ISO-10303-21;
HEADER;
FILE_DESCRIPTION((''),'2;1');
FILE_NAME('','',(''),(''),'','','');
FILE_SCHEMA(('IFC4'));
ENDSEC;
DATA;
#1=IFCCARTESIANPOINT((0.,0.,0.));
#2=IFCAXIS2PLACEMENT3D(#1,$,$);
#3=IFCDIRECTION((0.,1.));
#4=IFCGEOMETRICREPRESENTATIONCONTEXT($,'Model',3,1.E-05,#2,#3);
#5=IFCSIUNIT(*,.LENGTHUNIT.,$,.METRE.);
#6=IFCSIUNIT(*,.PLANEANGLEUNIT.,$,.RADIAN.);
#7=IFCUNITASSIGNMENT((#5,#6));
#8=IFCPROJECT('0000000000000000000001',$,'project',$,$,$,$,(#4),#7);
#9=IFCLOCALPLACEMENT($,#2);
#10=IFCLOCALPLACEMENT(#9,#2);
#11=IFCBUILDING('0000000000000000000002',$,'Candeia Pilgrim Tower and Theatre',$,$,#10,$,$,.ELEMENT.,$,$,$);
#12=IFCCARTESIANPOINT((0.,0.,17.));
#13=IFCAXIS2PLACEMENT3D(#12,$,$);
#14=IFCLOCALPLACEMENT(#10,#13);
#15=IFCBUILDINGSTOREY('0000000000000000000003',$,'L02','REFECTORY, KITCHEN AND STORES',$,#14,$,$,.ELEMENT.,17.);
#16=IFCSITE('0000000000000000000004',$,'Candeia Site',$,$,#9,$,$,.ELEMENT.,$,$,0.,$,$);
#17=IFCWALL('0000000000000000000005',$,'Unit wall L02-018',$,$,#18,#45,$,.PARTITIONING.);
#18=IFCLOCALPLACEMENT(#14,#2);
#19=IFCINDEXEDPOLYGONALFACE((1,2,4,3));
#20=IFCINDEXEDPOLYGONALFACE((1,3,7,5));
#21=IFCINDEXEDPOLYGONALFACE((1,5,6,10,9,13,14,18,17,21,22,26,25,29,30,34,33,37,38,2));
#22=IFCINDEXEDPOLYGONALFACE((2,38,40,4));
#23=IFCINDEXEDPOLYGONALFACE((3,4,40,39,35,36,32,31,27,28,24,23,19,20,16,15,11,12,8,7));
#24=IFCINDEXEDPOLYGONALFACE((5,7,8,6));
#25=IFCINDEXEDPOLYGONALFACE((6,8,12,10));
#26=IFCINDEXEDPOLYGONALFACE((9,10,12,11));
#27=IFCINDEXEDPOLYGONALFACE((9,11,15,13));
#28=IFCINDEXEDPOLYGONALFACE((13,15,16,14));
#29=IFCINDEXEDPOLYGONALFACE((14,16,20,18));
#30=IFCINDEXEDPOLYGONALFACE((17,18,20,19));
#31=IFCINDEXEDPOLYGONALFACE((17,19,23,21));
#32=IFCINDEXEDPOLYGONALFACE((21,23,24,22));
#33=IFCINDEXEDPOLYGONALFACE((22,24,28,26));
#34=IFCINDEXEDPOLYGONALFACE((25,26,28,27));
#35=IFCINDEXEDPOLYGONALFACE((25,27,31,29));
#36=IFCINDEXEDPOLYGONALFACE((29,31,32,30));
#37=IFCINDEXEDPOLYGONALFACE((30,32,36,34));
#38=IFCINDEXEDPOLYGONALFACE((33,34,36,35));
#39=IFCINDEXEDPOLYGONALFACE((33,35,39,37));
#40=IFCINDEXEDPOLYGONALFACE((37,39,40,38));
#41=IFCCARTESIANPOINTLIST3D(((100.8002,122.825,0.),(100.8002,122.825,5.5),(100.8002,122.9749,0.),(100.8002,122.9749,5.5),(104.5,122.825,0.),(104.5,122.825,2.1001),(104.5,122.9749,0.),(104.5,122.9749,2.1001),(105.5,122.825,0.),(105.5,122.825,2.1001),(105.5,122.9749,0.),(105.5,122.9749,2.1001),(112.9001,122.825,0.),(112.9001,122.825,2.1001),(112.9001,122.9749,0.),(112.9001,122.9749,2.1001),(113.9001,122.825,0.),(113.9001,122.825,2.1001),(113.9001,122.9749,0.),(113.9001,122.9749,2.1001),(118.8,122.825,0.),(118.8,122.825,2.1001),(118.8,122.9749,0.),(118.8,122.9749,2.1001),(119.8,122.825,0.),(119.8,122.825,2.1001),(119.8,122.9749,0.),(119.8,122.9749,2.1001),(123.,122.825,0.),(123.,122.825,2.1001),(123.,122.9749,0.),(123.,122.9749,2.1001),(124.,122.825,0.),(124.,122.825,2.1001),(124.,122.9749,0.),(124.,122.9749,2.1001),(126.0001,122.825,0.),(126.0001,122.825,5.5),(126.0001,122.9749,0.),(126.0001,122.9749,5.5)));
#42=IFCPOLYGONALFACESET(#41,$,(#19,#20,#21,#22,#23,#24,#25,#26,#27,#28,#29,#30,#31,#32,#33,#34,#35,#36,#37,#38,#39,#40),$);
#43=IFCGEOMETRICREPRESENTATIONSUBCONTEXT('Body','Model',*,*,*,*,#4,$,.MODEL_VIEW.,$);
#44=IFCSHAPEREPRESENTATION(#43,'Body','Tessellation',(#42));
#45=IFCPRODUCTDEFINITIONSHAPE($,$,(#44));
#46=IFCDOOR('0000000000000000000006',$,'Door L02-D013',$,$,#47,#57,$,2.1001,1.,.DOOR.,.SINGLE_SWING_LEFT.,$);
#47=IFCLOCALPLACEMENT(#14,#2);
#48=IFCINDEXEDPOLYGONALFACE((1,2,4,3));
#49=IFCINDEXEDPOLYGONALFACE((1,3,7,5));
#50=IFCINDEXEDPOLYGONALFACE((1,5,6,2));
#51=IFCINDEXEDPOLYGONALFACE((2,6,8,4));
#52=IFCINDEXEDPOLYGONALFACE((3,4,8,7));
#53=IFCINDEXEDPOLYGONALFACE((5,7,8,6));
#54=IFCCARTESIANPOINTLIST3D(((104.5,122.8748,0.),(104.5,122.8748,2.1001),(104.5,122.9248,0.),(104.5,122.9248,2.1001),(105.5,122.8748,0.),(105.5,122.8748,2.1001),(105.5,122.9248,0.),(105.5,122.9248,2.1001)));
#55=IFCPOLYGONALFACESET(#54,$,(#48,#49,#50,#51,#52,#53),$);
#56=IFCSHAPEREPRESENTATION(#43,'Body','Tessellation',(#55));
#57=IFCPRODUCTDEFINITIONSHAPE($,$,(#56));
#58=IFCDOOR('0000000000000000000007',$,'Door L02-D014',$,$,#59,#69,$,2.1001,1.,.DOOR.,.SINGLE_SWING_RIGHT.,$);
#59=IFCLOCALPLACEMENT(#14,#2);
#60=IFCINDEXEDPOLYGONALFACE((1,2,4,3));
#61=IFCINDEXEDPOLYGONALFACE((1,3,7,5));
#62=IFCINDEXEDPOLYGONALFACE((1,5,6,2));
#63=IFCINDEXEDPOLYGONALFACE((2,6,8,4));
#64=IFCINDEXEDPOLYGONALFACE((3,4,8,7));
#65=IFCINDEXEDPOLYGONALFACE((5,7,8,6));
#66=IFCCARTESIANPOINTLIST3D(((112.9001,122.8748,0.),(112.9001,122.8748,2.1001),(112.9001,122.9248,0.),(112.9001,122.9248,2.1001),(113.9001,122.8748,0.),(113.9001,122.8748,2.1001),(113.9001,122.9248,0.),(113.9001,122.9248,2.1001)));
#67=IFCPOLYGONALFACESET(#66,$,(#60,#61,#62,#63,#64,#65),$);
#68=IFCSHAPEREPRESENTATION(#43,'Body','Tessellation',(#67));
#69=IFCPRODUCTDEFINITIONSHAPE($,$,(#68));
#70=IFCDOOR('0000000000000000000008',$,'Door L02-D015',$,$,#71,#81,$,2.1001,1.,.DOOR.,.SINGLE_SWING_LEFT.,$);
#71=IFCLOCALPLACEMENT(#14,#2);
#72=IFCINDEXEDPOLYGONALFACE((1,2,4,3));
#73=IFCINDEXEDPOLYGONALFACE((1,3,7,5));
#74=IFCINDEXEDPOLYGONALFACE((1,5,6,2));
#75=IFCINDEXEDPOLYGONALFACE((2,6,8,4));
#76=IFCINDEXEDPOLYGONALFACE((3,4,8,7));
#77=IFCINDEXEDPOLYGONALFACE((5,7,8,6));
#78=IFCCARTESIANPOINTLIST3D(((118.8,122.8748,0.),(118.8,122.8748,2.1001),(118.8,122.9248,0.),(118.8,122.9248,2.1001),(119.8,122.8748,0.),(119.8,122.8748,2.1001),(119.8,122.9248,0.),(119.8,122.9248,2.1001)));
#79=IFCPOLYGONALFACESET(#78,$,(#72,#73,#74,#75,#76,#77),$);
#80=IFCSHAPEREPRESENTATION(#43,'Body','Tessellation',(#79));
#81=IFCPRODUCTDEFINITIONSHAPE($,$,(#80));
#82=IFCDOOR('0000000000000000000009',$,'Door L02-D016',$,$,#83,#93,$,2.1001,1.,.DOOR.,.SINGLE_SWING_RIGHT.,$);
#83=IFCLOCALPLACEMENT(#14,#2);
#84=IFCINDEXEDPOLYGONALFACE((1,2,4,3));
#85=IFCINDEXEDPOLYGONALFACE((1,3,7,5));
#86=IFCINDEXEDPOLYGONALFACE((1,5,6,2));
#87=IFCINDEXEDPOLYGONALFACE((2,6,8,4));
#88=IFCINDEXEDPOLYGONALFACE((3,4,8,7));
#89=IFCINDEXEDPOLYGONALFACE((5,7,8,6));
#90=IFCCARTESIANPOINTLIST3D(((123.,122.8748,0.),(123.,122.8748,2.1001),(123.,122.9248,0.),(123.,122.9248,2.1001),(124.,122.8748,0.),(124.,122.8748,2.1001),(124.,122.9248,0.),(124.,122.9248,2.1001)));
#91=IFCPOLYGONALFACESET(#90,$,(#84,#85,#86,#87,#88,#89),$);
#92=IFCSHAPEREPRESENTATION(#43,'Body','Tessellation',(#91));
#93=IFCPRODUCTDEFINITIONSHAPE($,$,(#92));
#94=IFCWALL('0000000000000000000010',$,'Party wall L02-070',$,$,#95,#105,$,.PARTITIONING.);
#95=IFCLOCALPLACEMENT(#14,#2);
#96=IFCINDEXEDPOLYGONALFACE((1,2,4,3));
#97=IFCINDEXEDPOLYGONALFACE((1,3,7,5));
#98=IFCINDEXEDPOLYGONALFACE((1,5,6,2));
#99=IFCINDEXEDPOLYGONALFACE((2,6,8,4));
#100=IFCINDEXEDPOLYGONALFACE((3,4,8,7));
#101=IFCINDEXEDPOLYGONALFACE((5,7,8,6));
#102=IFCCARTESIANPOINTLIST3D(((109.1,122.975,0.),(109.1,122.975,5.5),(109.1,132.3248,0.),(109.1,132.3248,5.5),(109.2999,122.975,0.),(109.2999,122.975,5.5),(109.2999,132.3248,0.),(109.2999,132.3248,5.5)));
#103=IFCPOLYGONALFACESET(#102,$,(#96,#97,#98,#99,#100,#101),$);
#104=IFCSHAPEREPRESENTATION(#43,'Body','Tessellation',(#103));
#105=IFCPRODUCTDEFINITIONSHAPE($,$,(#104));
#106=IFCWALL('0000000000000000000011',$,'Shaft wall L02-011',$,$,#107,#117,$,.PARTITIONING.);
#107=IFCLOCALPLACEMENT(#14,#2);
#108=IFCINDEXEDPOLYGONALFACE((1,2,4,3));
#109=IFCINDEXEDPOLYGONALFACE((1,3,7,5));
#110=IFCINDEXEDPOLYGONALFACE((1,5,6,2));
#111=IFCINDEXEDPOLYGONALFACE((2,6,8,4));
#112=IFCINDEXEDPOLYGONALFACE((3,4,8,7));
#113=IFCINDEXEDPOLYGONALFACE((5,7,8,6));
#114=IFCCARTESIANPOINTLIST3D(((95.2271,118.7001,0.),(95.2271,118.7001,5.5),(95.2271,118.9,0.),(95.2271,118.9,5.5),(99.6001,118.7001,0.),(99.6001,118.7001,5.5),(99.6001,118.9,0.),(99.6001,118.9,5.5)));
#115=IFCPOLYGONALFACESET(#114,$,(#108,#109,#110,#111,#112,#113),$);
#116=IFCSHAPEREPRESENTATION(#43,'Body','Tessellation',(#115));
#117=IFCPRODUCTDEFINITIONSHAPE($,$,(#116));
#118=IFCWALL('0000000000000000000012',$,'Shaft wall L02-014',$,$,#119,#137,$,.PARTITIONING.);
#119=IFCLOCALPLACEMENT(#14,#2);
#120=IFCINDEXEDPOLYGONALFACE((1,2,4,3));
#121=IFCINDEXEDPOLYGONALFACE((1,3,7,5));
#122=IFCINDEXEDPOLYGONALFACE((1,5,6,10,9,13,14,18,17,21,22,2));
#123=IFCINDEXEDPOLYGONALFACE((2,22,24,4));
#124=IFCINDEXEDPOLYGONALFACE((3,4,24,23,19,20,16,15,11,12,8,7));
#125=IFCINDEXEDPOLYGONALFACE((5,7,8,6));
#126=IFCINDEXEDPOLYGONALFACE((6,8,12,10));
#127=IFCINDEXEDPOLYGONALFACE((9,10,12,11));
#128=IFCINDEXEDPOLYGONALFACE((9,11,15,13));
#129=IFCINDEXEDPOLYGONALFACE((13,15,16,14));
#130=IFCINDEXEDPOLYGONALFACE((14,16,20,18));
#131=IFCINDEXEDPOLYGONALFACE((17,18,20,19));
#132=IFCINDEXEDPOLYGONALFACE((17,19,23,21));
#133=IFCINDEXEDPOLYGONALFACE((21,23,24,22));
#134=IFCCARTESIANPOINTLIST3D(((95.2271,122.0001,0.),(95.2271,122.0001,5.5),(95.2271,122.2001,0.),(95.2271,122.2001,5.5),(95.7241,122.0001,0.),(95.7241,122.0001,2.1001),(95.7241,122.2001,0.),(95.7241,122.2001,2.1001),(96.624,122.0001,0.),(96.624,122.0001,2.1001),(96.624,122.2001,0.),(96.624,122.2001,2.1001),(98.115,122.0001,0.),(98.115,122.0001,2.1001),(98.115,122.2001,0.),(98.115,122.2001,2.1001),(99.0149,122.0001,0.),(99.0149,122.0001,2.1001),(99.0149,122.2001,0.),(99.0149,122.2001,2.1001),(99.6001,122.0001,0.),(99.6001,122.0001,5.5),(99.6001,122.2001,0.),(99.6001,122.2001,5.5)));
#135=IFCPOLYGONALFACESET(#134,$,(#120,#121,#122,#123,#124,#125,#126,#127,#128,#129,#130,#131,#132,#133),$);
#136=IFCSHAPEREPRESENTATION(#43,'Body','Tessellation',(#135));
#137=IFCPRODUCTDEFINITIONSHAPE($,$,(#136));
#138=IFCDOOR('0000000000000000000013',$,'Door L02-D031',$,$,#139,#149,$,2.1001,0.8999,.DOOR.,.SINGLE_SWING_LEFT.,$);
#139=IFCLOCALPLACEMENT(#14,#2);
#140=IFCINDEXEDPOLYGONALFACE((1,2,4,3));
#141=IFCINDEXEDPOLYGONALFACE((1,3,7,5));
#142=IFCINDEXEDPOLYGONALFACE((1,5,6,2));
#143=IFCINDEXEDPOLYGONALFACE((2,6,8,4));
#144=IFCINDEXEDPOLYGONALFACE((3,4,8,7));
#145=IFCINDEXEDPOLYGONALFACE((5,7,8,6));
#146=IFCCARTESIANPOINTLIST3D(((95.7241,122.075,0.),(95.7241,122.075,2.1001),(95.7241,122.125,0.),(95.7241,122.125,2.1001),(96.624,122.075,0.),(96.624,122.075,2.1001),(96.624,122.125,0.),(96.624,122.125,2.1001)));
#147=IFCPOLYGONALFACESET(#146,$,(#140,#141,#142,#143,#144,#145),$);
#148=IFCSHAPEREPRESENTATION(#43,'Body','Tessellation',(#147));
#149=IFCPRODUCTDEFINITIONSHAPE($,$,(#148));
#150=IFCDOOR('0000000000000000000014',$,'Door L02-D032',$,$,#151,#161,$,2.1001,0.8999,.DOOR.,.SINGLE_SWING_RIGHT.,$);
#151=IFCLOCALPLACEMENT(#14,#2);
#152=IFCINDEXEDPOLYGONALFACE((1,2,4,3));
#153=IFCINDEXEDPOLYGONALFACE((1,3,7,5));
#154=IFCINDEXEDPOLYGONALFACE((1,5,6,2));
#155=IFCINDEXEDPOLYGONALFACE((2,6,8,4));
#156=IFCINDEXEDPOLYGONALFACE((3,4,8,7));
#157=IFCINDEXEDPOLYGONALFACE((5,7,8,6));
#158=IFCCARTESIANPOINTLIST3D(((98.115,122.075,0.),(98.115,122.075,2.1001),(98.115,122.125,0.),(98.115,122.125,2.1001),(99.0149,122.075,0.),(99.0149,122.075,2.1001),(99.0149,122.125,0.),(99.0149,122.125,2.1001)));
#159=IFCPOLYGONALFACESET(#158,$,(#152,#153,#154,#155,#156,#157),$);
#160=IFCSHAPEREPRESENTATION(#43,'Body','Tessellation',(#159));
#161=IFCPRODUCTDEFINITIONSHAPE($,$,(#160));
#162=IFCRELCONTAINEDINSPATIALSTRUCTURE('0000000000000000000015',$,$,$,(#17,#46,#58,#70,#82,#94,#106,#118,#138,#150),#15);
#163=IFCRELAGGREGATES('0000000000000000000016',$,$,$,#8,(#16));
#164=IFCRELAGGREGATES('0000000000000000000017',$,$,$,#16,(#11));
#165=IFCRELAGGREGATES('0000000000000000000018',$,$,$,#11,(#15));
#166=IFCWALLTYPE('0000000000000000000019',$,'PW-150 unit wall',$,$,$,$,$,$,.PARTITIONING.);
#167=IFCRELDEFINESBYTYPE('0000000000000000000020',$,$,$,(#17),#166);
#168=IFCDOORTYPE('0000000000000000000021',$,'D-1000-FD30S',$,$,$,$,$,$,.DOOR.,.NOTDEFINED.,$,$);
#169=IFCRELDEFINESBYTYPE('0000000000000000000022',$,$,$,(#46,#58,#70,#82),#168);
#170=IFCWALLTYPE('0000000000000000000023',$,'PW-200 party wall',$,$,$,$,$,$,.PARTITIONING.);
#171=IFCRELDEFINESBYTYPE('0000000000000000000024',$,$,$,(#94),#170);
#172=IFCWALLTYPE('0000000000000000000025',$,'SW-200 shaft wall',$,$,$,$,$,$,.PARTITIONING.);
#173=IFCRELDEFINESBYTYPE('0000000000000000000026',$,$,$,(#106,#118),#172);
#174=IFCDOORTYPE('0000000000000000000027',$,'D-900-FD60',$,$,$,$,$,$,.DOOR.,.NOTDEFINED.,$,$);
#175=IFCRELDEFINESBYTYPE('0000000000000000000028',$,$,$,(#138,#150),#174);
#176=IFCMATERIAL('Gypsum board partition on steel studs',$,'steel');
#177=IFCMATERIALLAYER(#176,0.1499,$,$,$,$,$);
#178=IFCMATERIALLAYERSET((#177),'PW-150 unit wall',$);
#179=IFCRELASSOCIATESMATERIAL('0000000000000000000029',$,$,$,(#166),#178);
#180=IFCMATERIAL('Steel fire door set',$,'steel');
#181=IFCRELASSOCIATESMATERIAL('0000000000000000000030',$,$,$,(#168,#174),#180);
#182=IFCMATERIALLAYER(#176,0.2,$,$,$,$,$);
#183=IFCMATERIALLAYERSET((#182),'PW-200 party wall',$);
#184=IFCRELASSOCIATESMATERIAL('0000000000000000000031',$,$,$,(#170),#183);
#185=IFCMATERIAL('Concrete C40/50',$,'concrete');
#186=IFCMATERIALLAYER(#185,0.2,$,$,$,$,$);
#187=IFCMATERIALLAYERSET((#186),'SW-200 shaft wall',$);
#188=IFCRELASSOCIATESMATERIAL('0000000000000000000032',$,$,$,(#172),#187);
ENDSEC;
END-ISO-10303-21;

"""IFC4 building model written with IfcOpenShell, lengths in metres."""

from ifc_helpers import new_model, si_unit, direction, frame, frame_2d, origin, place, context, subcontext, project, spatial, rectangle, extrude, material, layer, layer_set, type_object, element, fill, save


model = new_model("IFC4")

# Units and contexts
model_context = context("Model", 3, precision=1e-05, world=origin(), true_north=direction((0.0, 1.0)))
body_context = subcontext(model_context, "Body", "Model", "MODEL_VIEW")
ifc_project = project(units=[si_unit("LENGTHUNIT", "METRE"), si_unit("PLANEANGLEUNIT", "RADIAN")], contexts=[model_context])

# Site, building, storey
site_placement = place(None, origin())
site = spatial("IfcSite", under=ifc_project, at=site_placement, Name="Candeia Site", CompositionType="ELEMENT", RefElevation=0.0)
building_placement = place(site_placement, origin())
building = spatial("IfcBuilding", under=site, at=building_placement, Name="Candeia Pilgrim Tower and Theatre", CompositionType="ELEMENT")
storey_placement = place(building_placement, frame((0.0, 0.0, 17.0)))
storey = spatial("IfcBuildingStorey", under=building, at=storey_placement, Name="L02", Description="REFECTORY, KITCHEN AND STORES", CompositionType="ELEMENT", Elevation=17.0)

# Shared definitions
ifc_material_1 = material(Name="Gypsum board partition on steel studs", Category="steel")
ifc_material_2 = material(Name="Steel fire door set", Category="steel")

# Wall, openings, doors
ifc_layer_1 = layer(ifc_material_1, 0.1499)
ifc_layer_set_1 = layer_set([ifc_layer_1], Name="PW-150 unit wall")
wall_type_1 = type_object("IfcWallType", Name="PW-150 unit wall", PredefinedType="PARTITIONING", material=ifc_layer_set_1)
door_type_1 = type_object("IfcDoorType", Name="D-1000-FD30S", OperationType="NOTDEFINED", PredefinedType="DOOR", material=ifc_material_2)
wall_1_placement = place(storey_placement, frame((100.8, 122.8999, 0.0), z_axis=(0.0, 0.0, 1.0), x_axis=(1.0, 0.0, 0.0)))
wall_1 = element("IfcWall", 1, at=wall_1_placement, inside=storey, type_object=wall_type_1, Name="Unit wall L02-018", PredefinedType="PARTITIONING", context=body_context, shape_type="SweptSolid", body=[
    extrude(rectangle(XDim=25.2, YDim=0.1499, at=frame_2d((12.6001, 0.0))), origin(), (0.0, 0.0, 1.0), 5.5),
])
opening_1_placement = place(wall_1_placement, frame((3.7, 0.0, 0.0)))
opening_1 = element("IfcOpeningElement", 2, at=opening_1_placement, cuts=wall_1, PredefinedType="OPENING", context=body_context, shape_type="SweptSolid", body=[
    extrude(rectangle(XDim=1.0, YDim=2.1001, at=frame_2d((0.5, 1.05))), frame((0.0, 0.085, 0.0), z_axis=(0.0, -1.0, 0.0), x_axis=(1.0, 0.0, 0.0)), (0.0, 0.0, 1.0), 0.1699),
])
opening_2_placement = place(wall_1_placement, frame((12.1001, 0.0, 0.0)))
opening_2 = element("IfcOpeningElement", 3, at=opening_2_placement, cuts=wall_1, PredefinedType="OPENING", context=body_context, shape_type="SweptSolid", body=[
    extrude(rectangle(XDim=1.0, YDim=2.1001, at=frame_2d((0.5, 1.05))), frame((0.0, 0.085, 0.0), z_axis=(0.0, -1.0, 0.0), x_axis=(1.0, 0.0, 0.0)), (0.0, 0.0, 1.0), 0.1699),
])
opening_3_placement = place(wall_1_placement, frame((18.0, 0.0, 0.0)))
opening_3 = element("IfcOpeningElement", 4, at=opening_3_placement, cuts=wall_1, PredefinedType="OPENING", context=body_context, shape_type="SweptSolid", body=[
    extrude(rectangle(XDim=1.0, YDim=2.1001, at=frame_2d((0.5, 1.05))), frame((0.0, 0.085, 0.0), z_axis=(0.0, -1.0, 0.0), x_axis=(1.0, 0.0, 0.0)), (0.0, 0.0, 1.0), 0.1699),
])
opening_4_placement = place(wall_1_placement, frame((22.2, 0.0, 0.0)))
opening_4 = element("IfcOpeningElement", 5, at=opening_4_placement, cuts=wall_1, PredefinedType="OPENING", context=body_context, shape_type="SweptSolid", body=[
    extrude(rectangle(XDim=1.0, YDim=2.1001, at=frame_2d((0.5, 1.05))), frame((0.0, 0.085, 0.0), z_axis=(0.0, -1.0, 0.0), x_axis=(1.0, 0.0, 0.0)), (0.0, 0.0, 1.0), 0.1699),
])
door_1_placement = place(opening_1_placement, origin())
door_1 = element("IfcDoor", 6, at=door_1_placement, inside=storey, type_object=door_type_1, Name="Door L02-D013", OperationType="SINGLE_SWING_LEFT", OverallHeight=2.1001, OverallWidth=1.0, PredefinedType="DOOR", context=body_context, shape_type="SweptSolid", body=[
    extrude(rectangle(XDim=1.0, YDim=2.1001, at=frame_2d((0.5, 1.05))), frame((0.0, 0.0249, 0.0), z_axis=(0.0, -1.0, 0.0), x_axis=(1.0, 0.0, 0.0)), (0.0, 0.0, 1.0), 0.05),
])
fill(opening_1, door_1)
door_2_placement = place(opening_2_placement, origin())
door_2 = element("IfcDoor", 7, at=door_2_placement, inside=storey, type_object=door_type_1, Name="Door L02-D014", OperationType="SINGLE_SWING_RIGHT", OverallHeight=2.1001, OverallWidth=1.0, PredefinedType="DOOR", context=body_context, shape_type="SweptSolid", body=[
    extrude(rectangle(XDim=1.0, YDim=2.1001, at=frame_2d((0.5, 1.05))), frame((0.0, 0.0249, 0.0), z_axis=(0.0, -1.0, 0.0), x_axis=(1.0, 0.0, 0.0)), (0.0, 0.0, 1.0), 0.05),
])
fill(opening_2, door_2)
door_3_placement = place(opening_3_placement, origin())
door_3 = element("IfcDoor", 8, at=door_3_placement, inside=storey, type_object=door_type_1, Name="Door L02-D015", OperationType="SINGLE_SWING_LEFT", OverallHeight=2.1001, OverallWidth=1.0, PredefinedType="DOOR", context=body_context, shape_type="SweptSolid", body=[
    extrude(rectangle(XDim=1.0, YDim=2.1001, at=frame_2d((0.5, 1.05))), frame((0.0, 0.0249, 0.0), z_axis=(0.0, -1.0, 0.0), x_axis=(1.0, 0.0, 0.0)), (0.0, 0.0, 1.0), 0.05),
])
fill(opening_3, door_3)
door_4_placement = place(opening_4_placement, origin())
door_4 = element("IfcDoor", 9, at=door_4_placement, inside=storey, type_object=door_type_1, Name="Door L02-D016", OperationType="SINGLE_SWING_RIGHT", OverallHeight=2.1001, OverallWidth=1.0, PredefinedType="DOOR", context=body_context, shape_type="SweptSolid", body=[
    extrude(rectangle(XDim=1.0, YDim=2.1001, at=frame_2d((0.5, 1.05))), frame((0.0, 0.0249, 0.0), z_axis=(0.0, -1.0, 0.0), x_axis=(1.0, 0.0, 0.0)), (0.0, 0.0, 1.0), 0.05),
])
fill(opening_4, door_4)

# Walls
ifc_layer_2 = layer(ifc_material_1, 0.2)
ifc_layer_set_2 = layer_set([ifc_layer_2], Name="PW-200 party wall")
wall_type_2 = type_object("IfcWallType", Name="PW-200 party wall", PredefinedType="PARTITIONING", material=ifc_layer_set_2)
wall_2_placement = place(storey_placement, frame((109.2, 122.9751, 0.0), z_axis=(0.0, 0.0, 1.0), x_axis=(0.0, 1.0, 0.0)))
element("IfcWall", 10, at=wall_2_placement, inside=storey, type_object=wall_type_2, Name="Party wall L02-070", PredefinedType="PARTITIONING", context=body_context, shape_type="SweptSolid", body=[
    extrude(rectangle(XDim=9.3499, YDim=0.2, at=frame_2d((4.6748, 0.0))), origin(), (0.0, 0.0, 1.0), 5.5),
])
ifc_material_3 = material(Name="Concrete C40/50", Category="concrete")
ifc_layer_3 = layer(ifc_material_3, 0.2)
ifc_layer_set_3 = layer_set([ifc_layer_3], Name="SW-200 shaft wall")
wall_type_3 = type_object("IfcWallType", Name="SW-200 shaft wall", PredefinedType="PARTITIONING", material=ifc_layer_set_3)
wall_3_placement = place(storey_placement, frame((95.2271, 118.8, 0.0), z_axis=(0.0, 0.0, 1.0), x_axis=(1.0, 0.0, 0.0)))
element("IfcWall", 11, at=wall_3_placement, inside=storey, type_object=wall_type_3, Name="Shaft wall L02-011", PredefinedType="PARTITIONING", context=body_context, shape_type="SweptSolid", body=[
    extrude(rectangle(XDim=4.373, YDim=0.2, at=frame_2d((2.1865, 0.0))), origin(), (0.0, 0.0, 1.0), 5.5),
])

# Wall, openings, doors
wall_4_placement = place(storey_placement, frame((95.2271, 122.1001, 0.0), z_axis=(0.0, 0.0, 1.0), x_axis=(1.0, 0.0, 0.0)))
wall_4 = element("IfcWall", 12, at=wall_4_placement, inside=storey, type_object=wall_type_3, Name="Shaft wall L02-014", PredefinedType="PARTITIONING", context=body_context, shape_type="SweptSolid", body=[
    extrude(rectangle(XDim=4.373, YDim=0.2, at=frame_2d((2.1865, 0.0))), origin(), (0.0, 0.0, 1.0), 5.5),
])
opening_5_placement = place(wall_4_placement, frame((0.4971, 0.0, 0.0)))
opening_5 = element("IfcOpeningElement", 13, at=opening_5_placement, cuts=wall_4, PredefinedType="OPENING", context=body_context, shape_type="SweptSolid", body=[
    extrude(rectangle(XDim=0.8999, YDim=2.1001, at=frame_2d((0.45, 1.05))), frame((0.0, 0.1099, 0.0), z_axis=(0.0, -1.0, 0.0), x_axis=(1.0, 0.0, 0.0)), (0.0, 0.0, 1.0), 0.22),
])
opening_6_placement = place(wall_4_placement, frame((2.8879, 0.0, 0.0)))
opening_6 = element("IfcOpeningElement", 14, at=opening_6_placement, cuts=wall_4, PredefinedType="OPENING", context=body_context, shape_type="SweptSolid", body=[
    extrude(rectangle(XDim=0.8999, YDim=2.1001, at=frame_2d((0.45, 1.05))), frame((0.0, 0.1099, 0.0), z_axis=(0.0, -1.0, 0.0), x_axis=(1.0, 0.0, 0.0)), (0.0, 0.0, 1.0), 0.22),
])
door_type_2 = type_object("IfcDoorType", Name="D-900-FD60", OperationType="NOTDEFINED", PredefinedType="DOOR", material=ifc_material_2)
door_5_placement = place(opening_5_placement, origin())
door_5 = element("IfcDoor", 15, at=door_5_placement, inside=storey, type_object=door_type_2, Name="Door L02-D031", OperationType="SINGLE_SWING_LEFT", OverallHeight=2.1001, OverallWidth=0.8999, PredefinedType="DOOR", context=body_context, shape_type="SweptSolid", body=[
    extrude(rectangle(XDim=0.8999, YDim=2.1001, at=frame_2d((0.45, 1.05))), frame((0.0, 0.0249, 0.0), z_axis=(0.0, -1.0, 0.0), x_axis=(1.0, 0.0, 0.0)), (0.0, 0.0, 1.0), 0.05),
])
fill(opening_5, door_5)
door_6_placement = place(opening_6_placement, origin())
door_6 = element("IfcDoor", 16, at=door_6_placement, inside=storey, type_object=door_type_2, Name="Door L02-D032", OperationType="SINGLE_SWING_RIGHT", OverallHeight=2.1001, OverallWidth=0.8999, PredefinedType="DOOR", context=body_context, shape_type="SweptSolid", body=[
    extrude(rectangle(XDim=0.8999, YDim=2.1001, at=frame_2d((0.45, 1.05))), frame((0.0, 0.0249, 0.0), z_axis=(0.0, -1.0, 0.0), x_axis=(1.0, 0.0, 0.0)), (0.0, 0.0, 1.0), 0.05),
])
fill(opening_6, door_6)

save(model, "model.ifc")
